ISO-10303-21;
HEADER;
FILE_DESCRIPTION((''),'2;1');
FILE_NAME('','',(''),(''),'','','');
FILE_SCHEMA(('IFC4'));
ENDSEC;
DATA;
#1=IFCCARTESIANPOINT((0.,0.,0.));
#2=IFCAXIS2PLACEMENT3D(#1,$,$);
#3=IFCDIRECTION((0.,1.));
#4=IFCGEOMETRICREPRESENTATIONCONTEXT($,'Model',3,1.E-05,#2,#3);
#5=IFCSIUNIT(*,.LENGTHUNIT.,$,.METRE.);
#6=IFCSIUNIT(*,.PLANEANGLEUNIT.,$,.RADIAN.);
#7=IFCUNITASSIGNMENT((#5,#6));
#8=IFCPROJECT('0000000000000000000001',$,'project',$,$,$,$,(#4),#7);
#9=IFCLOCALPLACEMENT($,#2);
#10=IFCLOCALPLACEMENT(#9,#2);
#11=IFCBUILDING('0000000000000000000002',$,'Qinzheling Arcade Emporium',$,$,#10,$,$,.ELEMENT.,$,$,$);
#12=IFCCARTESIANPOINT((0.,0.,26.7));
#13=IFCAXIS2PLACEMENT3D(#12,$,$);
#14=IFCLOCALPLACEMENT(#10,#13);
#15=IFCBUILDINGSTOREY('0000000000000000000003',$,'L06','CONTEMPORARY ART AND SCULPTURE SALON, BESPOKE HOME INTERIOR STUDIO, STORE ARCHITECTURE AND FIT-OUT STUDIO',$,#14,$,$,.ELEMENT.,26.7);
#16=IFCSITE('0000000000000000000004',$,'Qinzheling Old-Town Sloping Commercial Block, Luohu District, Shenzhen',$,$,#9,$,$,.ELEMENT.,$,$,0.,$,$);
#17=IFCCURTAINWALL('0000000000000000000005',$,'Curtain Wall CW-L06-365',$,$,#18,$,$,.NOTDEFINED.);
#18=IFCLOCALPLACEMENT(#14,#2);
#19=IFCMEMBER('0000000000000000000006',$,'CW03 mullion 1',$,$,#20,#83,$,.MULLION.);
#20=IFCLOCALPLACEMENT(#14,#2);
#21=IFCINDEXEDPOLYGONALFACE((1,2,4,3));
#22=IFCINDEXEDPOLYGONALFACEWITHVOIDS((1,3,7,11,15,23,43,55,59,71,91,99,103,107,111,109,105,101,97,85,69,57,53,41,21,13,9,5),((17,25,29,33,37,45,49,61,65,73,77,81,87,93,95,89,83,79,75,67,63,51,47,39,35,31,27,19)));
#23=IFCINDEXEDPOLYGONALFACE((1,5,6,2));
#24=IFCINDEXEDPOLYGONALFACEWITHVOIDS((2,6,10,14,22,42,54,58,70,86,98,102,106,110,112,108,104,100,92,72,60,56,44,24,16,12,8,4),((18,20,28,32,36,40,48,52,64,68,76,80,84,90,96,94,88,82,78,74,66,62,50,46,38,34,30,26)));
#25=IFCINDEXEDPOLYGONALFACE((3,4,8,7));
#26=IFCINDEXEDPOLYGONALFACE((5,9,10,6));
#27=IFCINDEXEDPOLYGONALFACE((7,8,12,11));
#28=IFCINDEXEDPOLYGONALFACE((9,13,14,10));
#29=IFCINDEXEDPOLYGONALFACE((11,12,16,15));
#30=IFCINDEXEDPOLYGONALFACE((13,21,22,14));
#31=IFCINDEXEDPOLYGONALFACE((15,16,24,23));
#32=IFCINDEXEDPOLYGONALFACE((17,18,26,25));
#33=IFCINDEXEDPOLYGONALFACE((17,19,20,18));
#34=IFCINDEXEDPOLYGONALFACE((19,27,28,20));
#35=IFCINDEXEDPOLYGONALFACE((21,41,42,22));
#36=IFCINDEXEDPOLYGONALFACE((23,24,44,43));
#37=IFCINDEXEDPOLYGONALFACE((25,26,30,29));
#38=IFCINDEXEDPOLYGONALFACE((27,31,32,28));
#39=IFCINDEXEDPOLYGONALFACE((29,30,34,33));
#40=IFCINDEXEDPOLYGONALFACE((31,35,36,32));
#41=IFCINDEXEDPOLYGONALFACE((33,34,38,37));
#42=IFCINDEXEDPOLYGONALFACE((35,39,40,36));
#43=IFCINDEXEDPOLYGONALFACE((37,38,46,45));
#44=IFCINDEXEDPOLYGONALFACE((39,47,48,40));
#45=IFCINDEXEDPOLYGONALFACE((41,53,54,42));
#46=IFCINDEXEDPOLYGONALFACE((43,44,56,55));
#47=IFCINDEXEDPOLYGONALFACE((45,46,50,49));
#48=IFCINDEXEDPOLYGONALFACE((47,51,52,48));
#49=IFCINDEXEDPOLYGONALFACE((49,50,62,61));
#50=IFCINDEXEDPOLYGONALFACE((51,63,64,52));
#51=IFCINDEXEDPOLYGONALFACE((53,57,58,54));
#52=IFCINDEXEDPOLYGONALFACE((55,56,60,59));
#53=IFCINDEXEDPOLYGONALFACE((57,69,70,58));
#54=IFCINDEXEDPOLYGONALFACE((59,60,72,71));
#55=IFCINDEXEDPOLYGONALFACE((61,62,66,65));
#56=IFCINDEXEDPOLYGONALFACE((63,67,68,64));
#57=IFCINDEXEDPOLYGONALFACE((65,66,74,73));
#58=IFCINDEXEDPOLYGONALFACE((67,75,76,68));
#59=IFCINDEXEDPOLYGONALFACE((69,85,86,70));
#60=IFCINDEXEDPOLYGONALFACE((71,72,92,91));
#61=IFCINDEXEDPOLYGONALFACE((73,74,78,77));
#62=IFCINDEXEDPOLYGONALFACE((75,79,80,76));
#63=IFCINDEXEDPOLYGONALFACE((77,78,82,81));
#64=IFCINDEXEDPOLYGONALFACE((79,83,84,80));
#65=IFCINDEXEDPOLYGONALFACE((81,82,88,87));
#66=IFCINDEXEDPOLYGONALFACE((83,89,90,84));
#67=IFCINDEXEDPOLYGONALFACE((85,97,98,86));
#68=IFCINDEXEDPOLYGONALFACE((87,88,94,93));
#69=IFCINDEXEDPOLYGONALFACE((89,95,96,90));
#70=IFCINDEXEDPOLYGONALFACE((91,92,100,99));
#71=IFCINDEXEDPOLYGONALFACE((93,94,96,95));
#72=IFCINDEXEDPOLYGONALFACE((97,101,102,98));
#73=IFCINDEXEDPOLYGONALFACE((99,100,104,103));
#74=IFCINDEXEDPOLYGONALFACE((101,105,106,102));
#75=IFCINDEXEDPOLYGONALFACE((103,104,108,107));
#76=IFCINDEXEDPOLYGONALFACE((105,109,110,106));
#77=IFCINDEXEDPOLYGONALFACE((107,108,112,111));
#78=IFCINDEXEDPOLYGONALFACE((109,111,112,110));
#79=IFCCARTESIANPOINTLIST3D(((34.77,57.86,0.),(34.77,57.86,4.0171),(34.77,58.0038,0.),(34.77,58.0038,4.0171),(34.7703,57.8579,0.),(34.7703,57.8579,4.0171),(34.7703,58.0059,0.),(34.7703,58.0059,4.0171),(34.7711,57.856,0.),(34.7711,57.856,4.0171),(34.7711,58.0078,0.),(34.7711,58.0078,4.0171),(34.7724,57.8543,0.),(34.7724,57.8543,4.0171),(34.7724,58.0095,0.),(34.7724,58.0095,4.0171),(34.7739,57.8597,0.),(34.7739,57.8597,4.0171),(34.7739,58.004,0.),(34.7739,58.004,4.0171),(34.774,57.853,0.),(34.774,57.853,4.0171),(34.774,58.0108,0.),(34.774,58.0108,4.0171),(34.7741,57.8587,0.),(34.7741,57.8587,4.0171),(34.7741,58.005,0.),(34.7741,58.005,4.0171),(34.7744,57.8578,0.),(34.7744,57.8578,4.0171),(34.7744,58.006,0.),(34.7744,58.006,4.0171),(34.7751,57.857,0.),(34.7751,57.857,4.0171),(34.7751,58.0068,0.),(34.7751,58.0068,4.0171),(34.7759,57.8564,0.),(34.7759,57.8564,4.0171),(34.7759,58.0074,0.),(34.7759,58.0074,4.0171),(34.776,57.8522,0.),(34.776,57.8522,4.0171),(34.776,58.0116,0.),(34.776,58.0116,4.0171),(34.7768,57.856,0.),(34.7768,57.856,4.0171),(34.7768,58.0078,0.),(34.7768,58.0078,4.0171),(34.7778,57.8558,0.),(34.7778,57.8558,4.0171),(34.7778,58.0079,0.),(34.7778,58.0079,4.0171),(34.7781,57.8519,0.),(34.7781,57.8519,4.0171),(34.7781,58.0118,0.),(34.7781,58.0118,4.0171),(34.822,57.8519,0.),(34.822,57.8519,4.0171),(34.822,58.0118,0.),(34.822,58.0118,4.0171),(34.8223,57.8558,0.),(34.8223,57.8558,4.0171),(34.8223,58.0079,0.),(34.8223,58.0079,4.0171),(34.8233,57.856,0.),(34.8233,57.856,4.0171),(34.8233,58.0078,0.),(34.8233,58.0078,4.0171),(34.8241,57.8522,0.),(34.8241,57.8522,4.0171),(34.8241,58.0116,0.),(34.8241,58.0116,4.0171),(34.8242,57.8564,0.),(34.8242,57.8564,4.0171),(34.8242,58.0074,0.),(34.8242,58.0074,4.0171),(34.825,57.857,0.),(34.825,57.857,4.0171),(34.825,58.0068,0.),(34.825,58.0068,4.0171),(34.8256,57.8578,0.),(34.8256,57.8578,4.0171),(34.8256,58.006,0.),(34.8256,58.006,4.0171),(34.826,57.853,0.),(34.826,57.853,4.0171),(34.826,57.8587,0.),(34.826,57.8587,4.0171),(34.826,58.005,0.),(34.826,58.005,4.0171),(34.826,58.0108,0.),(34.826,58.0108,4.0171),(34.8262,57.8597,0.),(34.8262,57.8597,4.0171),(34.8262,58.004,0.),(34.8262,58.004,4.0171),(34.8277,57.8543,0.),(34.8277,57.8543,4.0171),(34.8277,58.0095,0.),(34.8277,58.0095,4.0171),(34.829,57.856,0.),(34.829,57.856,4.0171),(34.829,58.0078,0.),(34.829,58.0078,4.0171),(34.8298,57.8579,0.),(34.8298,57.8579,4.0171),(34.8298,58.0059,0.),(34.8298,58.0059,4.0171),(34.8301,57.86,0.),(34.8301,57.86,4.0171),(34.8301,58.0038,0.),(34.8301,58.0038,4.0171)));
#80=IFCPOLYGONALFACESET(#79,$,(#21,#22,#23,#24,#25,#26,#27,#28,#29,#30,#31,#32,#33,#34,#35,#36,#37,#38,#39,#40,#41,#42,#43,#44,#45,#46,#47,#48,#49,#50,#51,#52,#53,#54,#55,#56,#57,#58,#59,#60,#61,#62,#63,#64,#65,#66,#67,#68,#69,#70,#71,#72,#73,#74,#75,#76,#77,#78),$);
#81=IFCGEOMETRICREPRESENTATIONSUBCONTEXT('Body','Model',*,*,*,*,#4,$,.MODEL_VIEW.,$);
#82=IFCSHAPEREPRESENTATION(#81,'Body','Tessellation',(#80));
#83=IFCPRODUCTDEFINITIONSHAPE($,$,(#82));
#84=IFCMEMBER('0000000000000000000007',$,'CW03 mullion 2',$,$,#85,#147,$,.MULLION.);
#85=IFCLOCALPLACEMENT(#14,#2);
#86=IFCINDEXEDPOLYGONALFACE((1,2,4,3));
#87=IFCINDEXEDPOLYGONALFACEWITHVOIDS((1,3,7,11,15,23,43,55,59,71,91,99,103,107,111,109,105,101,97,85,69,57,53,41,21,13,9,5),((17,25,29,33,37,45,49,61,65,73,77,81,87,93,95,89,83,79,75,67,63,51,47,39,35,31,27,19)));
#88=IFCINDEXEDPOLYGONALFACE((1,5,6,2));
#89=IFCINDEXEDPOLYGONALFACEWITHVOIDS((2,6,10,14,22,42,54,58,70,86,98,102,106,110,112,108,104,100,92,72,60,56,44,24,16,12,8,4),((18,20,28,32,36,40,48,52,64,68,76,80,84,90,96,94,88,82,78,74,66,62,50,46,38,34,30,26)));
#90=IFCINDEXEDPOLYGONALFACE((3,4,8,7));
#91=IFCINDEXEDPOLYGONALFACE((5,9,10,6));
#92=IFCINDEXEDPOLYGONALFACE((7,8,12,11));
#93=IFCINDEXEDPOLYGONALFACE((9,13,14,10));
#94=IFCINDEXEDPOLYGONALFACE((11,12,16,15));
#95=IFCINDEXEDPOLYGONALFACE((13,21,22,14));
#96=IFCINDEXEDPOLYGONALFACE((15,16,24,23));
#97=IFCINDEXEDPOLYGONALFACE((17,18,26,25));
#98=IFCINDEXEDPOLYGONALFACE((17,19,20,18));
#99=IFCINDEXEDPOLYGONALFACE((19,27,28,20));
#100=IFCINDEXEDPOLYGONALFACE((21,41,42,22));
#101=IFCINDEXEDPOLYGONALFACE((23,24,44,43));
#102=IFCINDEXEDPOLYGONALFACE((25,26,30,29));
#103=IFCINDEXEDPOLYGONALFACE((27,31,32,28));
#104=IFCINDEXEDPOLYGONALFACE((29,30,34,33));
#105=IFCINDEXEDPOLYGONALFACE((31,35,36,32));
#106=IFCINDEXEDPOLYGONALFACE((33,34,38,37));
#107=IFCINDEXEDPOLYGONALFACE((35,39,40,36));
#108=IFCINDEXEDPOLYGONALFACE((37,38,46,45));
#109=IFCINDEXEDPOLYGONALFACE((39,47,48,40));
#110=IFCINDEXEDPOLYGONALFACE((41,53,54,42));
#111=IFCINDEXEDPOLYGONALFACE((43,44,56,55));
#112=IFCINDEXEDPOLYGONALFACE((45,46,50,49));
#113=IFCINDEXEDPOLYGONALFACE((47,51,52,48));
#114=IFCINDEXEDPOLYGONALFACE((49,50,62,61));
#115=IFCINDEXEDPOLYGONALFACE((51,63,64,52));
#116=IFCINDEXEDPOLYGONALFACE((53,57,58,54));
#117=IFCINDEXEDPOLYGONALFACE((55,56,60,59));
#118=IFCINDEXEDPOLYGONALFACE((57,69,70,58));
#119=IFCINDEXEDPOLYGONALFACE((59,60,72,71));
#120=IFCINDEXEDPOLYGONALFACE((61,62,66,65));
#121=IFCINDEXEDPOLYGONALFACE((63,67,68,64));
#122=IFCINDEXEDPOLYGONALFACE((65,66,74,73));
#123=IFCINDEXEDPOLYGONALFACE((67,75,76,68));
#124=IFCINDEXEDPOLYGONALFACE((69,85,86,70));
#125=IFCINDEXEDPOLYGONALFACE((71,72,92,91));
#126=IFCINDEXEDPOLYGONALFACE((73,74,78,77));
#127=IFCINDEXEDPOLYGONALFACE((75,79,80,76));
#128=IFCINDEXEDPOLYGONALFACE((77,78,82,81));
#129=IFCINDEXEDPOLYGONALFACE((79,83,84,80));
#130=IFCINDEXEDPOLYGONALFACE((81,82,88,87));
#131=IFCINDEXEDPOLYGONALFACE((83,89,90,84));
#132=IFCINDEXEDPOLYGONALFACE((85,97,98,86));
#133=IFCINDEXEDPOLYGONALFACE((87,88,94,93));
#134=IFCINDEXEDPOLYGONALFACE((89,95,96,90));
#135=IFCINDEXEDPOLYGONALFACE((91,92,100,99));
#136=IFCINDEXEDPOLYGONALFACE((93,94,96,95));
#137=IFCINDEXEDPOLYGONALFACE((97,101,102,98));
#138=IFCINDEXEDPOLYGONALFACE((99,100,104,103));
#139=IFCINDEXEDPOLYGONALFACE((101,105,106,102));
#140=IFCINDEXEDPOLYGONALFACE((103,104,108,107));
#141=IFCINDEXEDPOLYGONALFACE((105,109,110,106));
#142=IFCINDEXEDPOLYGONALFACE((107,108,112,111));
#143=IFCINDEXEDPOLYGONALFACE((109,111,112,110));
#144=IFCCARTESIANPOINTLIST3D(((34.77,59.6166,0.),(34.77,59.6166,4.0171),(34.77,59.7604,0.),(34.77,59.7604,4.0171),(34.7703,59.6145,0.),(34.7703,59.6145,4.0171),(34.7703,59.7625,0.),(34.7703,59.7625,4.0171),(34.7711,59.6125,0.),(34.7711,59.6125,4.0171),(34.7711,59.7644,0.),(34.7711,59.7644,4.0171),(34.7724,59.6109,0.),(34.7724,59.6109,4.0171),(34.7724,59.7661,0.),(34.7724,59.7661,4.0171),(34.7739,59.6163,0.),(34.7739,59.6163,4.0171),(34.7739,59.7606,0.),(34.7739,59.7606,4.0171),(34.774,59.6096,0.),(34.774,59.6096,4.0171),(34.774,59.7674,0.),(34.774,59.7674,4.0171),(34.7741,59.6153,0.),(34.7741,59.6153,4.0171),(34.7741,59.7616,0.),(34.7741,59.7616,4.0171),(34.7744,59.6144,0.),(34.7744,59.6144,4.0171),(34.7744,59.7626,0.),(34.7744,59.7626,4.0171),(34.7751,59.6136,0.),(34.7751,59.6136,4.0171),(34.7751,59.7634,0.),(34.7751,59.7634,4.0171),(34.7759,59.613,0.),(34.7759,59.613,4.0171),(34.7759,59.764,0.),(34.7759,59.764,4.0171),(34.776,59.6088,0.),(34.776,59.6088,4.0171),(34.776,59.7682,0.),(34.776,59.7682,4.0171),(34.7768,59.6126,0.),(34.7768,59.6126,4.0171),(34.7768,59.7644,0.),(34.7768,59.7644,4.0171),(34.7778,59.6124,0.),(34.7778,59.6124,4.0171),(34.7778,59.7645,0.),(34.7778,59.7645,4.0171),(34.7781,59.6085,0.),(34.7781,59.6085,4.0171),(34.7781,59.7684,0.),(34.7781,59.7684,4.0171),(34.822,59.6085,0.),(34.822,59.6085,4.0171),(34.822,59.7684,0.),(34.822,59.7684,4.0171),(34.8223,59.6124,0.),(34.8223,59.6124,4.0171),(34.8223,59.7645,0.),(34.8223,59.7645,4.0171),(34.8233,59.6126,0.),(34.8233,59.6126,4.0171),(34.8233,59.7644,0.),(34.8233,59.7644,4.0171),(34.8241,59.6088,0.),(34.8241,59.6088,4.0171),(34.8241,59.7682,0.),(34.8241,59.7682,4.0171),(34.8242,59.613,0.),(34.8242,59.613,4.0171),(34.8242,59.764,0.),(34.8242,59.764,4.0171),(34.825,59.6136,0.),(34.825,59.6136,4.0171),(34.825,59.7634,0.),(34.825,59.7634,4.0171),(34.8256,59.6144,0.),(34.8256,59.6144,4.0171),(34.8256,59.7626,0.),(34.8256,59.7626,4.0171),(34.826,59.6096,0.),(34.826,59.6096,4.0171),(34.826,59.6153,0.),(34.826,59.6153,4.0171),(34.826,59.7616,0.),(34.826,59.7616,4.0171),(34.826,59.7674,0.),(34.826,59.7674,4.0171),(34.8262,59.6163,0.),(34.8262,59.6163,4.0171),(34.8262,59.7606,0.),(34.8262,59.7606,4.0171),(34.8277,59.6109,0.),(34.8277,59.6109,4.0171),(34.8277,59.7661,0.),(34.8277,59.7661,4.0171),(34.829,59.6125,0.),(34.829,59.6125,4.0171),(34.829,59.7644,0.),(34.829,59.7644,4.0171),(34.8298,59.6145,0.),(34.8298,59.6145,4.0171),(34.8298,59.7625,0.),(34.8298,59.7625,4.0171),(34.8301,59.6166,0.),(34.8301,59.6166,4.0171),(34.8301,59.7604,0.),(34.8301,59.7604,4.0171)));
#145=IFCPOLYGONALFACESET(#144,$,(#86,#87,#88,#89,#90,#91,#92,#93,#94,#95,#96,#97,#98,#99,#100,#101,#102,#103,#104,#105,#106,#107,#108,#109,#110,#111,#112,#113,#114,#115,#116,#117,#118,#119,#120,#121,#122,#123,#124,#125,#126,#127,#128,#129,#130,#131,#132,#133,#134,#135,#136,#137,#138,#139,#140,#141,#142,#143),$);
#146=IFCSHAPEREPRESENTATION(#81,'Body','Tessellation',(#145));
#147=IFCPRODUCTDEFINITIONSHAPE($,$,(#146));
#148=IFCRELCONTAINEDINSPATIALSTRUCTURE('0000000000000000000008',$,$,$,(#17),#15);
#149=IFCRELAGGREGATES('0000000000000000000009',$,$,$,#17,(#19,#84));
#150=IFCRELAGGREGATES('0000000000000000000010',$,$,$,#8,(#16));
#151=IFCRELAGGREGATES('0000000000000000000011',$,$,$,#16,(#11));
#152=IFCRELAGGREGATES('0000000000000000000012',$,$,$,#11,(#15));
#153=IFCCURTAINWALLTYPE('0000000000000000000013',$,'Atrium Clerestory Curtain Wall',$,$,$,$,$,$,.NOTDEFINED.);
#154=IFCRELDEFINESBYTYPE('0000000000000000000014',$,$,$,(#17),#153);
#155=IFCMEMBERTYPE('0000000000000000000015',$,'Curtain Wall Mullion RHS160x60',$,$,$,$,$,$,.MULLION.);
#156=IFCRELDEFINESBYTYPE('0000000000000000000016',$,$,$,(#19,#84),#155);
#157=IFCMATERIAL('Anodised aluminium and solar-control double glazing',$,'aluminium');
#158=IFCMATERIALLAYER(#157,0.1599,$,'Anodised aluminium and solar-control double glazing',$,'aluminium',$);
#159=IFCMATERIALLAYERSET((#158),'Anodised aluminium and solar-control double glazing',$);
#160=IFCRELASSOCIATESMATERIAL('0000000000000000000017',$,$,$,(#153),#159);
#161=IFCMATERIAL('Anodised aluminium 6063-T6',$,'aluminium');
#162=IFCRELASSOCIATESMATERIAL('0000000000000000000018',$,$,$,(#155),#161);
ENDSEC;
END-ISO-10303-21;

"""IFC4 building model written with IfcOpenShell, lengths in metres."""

from ifc_helpers import new_model, si_unit, direction, frame, origin, origin_2d, place, context, subcontext, project, spatial, hollow_rectangle, extrude, material, layer, layer_set, material_profile, profile_set, type_object, element, aggregate, save


model = new_model("IFC4")

# Units and contexts
model_context = context("Model", 3, precision=1e-05, world=origin(), true_north=direction((0.0, 1.0)))
body_context = subcontext(model_context, "Body", "Model", "MODEL_VIEW")
ifc_project = project(units=[si_unit("LENGTHUNIT", "METRE"), si_unit("PLANEANGLEUNIT", "RADIAN")], contexts=[model_context])

# Site, building, storey
site_placement = place(None, origin())
site = spatial("IfcSite", under=ifc_project, at=site_placement, Name="Qinzheling Old-Town Sloping Commercial Block, Luohu District, Shenzhen", CompositionType="ELEMENT", RefElevation=0.0)
building_placement = place(site_placement, origin())
building = spatial("IfcBuilding", under=site, at=building_placement, Name="Qinzheling Arcade Emporium", CompositionType="ELEMENT")
storey_placement = place(building_placement, frame((0.0, 0.0, 26.7)))
storey = spatial("IfcBuildingStorey", under=building, at=storey_placement, Name="L06", Description="CONTEMPORARY ART AND SCULPTURE SALON, BESPOKE HOME INTERIOR STUDIO, STORE ARCHITECTURE AND FIT-OUT STUDIO", CompositionType="ELEMENT", Elevation=26.7)

# Curtain wall, members
ifc_material_1 = material(Name="Anodised aluminium and solar-control double glazing", Category="aluminium")
ifc_layer_1 = layer(ifc_material_1, 0.1599, Name="Anodised aluminium and solar-control double glazing", Category="aluminium")
ifc_layer_set_1 = layer_set([ifc_layer_1], Name="Anodised aluminium and solar-control double glazing")
curtain_wall_type = type_object("IfcCurtainWallType", Name="Atrium Clerestory Curtain Wall", PredefinedType="NOTDEFINED", material=ifc_layer_set_1)
ifc_material_2 = material(Name="Anodised aluminium 6063-T6", Category="aluminium")
ifc_material_profile_1 = material_profile(ifc_material_2, hollow_rectangle(XDim=0.0601, YDim=0.1599, WallThickness=0.0039, InnerFilletRadius=0.0039, OuterFilletRadius=0.0081, at=origin_2d()), Name="RHS 160x60x4", Category="aluminium")
ifc_profile_set_1 = profile_set([ifc_material_profile_1], Name="Anodised aluminium 6063-T6")
member_type_1 = type_object("IfcMemberType", Name="Curtain Wall Mullion RHS160x60", PredefinedType="MULLION", material=ifc_profile_set_1)
curtain_wall_1_placement = place(storey_placement, origin())
curtain_wall_1 = element("IfcCurtainWall", 1, at=curtain_wall_1_placement, inside=storey, type_object=curtain_wall_type, Name="Curtain Wall CW-L06-365", PredefinedType="NOTDEFINED")
member_1_placement = place(storey_placement, frame((34.8, 57.9319, 0.0), z_axis=(0.0, 0.0, 1.0), x_axis=(-1.0, 0.0, 0.0)))
member_1 = element("IfcMember", 2, at=member_1_placement, type_object=member_type_1, Name="CW03 mullion 1", PredefinedType="MULLION", context=body_context, shape_type="SweptSolid", body=[
    extrude(hollow_rectangle(XDim=0.0601, YDim=0.1599, WallThickness=0.0039, InnerFilletRadius=0.0039, OuterFilletRadius=0.0081, at=origin_2d()), origin(), (0.0, 0.0, 1.0), 4.0171),
])
member_2_placement = place(storey_placement, frame((34.8, 59.6885, 0.0), z_axis=(0.0, 0.0, 1.0), x_axis=(-1.0, 0.0, 0.0)))
member_2 = element("IfcMember", 3, at=member_2_placement, type_object=member_type_1, Name="CW03 mullion 2", PredefinedType="MULLION", context=body_context, shape_type="SweptSolid", body=[
    extrude(hollow_rectangle(XDim=0.0601, YDim=0.1599, WallThickness=0.0039, InnerFilletRadius=0.0039, OuterFilletRadius=0.0081, at=origin_2d()), origin(), (0.0, 0.0, 1.0), 4.0171),
])

aggregate(curtain_wall_1, [member_1, member_2])

save(model, "model.ifc")
